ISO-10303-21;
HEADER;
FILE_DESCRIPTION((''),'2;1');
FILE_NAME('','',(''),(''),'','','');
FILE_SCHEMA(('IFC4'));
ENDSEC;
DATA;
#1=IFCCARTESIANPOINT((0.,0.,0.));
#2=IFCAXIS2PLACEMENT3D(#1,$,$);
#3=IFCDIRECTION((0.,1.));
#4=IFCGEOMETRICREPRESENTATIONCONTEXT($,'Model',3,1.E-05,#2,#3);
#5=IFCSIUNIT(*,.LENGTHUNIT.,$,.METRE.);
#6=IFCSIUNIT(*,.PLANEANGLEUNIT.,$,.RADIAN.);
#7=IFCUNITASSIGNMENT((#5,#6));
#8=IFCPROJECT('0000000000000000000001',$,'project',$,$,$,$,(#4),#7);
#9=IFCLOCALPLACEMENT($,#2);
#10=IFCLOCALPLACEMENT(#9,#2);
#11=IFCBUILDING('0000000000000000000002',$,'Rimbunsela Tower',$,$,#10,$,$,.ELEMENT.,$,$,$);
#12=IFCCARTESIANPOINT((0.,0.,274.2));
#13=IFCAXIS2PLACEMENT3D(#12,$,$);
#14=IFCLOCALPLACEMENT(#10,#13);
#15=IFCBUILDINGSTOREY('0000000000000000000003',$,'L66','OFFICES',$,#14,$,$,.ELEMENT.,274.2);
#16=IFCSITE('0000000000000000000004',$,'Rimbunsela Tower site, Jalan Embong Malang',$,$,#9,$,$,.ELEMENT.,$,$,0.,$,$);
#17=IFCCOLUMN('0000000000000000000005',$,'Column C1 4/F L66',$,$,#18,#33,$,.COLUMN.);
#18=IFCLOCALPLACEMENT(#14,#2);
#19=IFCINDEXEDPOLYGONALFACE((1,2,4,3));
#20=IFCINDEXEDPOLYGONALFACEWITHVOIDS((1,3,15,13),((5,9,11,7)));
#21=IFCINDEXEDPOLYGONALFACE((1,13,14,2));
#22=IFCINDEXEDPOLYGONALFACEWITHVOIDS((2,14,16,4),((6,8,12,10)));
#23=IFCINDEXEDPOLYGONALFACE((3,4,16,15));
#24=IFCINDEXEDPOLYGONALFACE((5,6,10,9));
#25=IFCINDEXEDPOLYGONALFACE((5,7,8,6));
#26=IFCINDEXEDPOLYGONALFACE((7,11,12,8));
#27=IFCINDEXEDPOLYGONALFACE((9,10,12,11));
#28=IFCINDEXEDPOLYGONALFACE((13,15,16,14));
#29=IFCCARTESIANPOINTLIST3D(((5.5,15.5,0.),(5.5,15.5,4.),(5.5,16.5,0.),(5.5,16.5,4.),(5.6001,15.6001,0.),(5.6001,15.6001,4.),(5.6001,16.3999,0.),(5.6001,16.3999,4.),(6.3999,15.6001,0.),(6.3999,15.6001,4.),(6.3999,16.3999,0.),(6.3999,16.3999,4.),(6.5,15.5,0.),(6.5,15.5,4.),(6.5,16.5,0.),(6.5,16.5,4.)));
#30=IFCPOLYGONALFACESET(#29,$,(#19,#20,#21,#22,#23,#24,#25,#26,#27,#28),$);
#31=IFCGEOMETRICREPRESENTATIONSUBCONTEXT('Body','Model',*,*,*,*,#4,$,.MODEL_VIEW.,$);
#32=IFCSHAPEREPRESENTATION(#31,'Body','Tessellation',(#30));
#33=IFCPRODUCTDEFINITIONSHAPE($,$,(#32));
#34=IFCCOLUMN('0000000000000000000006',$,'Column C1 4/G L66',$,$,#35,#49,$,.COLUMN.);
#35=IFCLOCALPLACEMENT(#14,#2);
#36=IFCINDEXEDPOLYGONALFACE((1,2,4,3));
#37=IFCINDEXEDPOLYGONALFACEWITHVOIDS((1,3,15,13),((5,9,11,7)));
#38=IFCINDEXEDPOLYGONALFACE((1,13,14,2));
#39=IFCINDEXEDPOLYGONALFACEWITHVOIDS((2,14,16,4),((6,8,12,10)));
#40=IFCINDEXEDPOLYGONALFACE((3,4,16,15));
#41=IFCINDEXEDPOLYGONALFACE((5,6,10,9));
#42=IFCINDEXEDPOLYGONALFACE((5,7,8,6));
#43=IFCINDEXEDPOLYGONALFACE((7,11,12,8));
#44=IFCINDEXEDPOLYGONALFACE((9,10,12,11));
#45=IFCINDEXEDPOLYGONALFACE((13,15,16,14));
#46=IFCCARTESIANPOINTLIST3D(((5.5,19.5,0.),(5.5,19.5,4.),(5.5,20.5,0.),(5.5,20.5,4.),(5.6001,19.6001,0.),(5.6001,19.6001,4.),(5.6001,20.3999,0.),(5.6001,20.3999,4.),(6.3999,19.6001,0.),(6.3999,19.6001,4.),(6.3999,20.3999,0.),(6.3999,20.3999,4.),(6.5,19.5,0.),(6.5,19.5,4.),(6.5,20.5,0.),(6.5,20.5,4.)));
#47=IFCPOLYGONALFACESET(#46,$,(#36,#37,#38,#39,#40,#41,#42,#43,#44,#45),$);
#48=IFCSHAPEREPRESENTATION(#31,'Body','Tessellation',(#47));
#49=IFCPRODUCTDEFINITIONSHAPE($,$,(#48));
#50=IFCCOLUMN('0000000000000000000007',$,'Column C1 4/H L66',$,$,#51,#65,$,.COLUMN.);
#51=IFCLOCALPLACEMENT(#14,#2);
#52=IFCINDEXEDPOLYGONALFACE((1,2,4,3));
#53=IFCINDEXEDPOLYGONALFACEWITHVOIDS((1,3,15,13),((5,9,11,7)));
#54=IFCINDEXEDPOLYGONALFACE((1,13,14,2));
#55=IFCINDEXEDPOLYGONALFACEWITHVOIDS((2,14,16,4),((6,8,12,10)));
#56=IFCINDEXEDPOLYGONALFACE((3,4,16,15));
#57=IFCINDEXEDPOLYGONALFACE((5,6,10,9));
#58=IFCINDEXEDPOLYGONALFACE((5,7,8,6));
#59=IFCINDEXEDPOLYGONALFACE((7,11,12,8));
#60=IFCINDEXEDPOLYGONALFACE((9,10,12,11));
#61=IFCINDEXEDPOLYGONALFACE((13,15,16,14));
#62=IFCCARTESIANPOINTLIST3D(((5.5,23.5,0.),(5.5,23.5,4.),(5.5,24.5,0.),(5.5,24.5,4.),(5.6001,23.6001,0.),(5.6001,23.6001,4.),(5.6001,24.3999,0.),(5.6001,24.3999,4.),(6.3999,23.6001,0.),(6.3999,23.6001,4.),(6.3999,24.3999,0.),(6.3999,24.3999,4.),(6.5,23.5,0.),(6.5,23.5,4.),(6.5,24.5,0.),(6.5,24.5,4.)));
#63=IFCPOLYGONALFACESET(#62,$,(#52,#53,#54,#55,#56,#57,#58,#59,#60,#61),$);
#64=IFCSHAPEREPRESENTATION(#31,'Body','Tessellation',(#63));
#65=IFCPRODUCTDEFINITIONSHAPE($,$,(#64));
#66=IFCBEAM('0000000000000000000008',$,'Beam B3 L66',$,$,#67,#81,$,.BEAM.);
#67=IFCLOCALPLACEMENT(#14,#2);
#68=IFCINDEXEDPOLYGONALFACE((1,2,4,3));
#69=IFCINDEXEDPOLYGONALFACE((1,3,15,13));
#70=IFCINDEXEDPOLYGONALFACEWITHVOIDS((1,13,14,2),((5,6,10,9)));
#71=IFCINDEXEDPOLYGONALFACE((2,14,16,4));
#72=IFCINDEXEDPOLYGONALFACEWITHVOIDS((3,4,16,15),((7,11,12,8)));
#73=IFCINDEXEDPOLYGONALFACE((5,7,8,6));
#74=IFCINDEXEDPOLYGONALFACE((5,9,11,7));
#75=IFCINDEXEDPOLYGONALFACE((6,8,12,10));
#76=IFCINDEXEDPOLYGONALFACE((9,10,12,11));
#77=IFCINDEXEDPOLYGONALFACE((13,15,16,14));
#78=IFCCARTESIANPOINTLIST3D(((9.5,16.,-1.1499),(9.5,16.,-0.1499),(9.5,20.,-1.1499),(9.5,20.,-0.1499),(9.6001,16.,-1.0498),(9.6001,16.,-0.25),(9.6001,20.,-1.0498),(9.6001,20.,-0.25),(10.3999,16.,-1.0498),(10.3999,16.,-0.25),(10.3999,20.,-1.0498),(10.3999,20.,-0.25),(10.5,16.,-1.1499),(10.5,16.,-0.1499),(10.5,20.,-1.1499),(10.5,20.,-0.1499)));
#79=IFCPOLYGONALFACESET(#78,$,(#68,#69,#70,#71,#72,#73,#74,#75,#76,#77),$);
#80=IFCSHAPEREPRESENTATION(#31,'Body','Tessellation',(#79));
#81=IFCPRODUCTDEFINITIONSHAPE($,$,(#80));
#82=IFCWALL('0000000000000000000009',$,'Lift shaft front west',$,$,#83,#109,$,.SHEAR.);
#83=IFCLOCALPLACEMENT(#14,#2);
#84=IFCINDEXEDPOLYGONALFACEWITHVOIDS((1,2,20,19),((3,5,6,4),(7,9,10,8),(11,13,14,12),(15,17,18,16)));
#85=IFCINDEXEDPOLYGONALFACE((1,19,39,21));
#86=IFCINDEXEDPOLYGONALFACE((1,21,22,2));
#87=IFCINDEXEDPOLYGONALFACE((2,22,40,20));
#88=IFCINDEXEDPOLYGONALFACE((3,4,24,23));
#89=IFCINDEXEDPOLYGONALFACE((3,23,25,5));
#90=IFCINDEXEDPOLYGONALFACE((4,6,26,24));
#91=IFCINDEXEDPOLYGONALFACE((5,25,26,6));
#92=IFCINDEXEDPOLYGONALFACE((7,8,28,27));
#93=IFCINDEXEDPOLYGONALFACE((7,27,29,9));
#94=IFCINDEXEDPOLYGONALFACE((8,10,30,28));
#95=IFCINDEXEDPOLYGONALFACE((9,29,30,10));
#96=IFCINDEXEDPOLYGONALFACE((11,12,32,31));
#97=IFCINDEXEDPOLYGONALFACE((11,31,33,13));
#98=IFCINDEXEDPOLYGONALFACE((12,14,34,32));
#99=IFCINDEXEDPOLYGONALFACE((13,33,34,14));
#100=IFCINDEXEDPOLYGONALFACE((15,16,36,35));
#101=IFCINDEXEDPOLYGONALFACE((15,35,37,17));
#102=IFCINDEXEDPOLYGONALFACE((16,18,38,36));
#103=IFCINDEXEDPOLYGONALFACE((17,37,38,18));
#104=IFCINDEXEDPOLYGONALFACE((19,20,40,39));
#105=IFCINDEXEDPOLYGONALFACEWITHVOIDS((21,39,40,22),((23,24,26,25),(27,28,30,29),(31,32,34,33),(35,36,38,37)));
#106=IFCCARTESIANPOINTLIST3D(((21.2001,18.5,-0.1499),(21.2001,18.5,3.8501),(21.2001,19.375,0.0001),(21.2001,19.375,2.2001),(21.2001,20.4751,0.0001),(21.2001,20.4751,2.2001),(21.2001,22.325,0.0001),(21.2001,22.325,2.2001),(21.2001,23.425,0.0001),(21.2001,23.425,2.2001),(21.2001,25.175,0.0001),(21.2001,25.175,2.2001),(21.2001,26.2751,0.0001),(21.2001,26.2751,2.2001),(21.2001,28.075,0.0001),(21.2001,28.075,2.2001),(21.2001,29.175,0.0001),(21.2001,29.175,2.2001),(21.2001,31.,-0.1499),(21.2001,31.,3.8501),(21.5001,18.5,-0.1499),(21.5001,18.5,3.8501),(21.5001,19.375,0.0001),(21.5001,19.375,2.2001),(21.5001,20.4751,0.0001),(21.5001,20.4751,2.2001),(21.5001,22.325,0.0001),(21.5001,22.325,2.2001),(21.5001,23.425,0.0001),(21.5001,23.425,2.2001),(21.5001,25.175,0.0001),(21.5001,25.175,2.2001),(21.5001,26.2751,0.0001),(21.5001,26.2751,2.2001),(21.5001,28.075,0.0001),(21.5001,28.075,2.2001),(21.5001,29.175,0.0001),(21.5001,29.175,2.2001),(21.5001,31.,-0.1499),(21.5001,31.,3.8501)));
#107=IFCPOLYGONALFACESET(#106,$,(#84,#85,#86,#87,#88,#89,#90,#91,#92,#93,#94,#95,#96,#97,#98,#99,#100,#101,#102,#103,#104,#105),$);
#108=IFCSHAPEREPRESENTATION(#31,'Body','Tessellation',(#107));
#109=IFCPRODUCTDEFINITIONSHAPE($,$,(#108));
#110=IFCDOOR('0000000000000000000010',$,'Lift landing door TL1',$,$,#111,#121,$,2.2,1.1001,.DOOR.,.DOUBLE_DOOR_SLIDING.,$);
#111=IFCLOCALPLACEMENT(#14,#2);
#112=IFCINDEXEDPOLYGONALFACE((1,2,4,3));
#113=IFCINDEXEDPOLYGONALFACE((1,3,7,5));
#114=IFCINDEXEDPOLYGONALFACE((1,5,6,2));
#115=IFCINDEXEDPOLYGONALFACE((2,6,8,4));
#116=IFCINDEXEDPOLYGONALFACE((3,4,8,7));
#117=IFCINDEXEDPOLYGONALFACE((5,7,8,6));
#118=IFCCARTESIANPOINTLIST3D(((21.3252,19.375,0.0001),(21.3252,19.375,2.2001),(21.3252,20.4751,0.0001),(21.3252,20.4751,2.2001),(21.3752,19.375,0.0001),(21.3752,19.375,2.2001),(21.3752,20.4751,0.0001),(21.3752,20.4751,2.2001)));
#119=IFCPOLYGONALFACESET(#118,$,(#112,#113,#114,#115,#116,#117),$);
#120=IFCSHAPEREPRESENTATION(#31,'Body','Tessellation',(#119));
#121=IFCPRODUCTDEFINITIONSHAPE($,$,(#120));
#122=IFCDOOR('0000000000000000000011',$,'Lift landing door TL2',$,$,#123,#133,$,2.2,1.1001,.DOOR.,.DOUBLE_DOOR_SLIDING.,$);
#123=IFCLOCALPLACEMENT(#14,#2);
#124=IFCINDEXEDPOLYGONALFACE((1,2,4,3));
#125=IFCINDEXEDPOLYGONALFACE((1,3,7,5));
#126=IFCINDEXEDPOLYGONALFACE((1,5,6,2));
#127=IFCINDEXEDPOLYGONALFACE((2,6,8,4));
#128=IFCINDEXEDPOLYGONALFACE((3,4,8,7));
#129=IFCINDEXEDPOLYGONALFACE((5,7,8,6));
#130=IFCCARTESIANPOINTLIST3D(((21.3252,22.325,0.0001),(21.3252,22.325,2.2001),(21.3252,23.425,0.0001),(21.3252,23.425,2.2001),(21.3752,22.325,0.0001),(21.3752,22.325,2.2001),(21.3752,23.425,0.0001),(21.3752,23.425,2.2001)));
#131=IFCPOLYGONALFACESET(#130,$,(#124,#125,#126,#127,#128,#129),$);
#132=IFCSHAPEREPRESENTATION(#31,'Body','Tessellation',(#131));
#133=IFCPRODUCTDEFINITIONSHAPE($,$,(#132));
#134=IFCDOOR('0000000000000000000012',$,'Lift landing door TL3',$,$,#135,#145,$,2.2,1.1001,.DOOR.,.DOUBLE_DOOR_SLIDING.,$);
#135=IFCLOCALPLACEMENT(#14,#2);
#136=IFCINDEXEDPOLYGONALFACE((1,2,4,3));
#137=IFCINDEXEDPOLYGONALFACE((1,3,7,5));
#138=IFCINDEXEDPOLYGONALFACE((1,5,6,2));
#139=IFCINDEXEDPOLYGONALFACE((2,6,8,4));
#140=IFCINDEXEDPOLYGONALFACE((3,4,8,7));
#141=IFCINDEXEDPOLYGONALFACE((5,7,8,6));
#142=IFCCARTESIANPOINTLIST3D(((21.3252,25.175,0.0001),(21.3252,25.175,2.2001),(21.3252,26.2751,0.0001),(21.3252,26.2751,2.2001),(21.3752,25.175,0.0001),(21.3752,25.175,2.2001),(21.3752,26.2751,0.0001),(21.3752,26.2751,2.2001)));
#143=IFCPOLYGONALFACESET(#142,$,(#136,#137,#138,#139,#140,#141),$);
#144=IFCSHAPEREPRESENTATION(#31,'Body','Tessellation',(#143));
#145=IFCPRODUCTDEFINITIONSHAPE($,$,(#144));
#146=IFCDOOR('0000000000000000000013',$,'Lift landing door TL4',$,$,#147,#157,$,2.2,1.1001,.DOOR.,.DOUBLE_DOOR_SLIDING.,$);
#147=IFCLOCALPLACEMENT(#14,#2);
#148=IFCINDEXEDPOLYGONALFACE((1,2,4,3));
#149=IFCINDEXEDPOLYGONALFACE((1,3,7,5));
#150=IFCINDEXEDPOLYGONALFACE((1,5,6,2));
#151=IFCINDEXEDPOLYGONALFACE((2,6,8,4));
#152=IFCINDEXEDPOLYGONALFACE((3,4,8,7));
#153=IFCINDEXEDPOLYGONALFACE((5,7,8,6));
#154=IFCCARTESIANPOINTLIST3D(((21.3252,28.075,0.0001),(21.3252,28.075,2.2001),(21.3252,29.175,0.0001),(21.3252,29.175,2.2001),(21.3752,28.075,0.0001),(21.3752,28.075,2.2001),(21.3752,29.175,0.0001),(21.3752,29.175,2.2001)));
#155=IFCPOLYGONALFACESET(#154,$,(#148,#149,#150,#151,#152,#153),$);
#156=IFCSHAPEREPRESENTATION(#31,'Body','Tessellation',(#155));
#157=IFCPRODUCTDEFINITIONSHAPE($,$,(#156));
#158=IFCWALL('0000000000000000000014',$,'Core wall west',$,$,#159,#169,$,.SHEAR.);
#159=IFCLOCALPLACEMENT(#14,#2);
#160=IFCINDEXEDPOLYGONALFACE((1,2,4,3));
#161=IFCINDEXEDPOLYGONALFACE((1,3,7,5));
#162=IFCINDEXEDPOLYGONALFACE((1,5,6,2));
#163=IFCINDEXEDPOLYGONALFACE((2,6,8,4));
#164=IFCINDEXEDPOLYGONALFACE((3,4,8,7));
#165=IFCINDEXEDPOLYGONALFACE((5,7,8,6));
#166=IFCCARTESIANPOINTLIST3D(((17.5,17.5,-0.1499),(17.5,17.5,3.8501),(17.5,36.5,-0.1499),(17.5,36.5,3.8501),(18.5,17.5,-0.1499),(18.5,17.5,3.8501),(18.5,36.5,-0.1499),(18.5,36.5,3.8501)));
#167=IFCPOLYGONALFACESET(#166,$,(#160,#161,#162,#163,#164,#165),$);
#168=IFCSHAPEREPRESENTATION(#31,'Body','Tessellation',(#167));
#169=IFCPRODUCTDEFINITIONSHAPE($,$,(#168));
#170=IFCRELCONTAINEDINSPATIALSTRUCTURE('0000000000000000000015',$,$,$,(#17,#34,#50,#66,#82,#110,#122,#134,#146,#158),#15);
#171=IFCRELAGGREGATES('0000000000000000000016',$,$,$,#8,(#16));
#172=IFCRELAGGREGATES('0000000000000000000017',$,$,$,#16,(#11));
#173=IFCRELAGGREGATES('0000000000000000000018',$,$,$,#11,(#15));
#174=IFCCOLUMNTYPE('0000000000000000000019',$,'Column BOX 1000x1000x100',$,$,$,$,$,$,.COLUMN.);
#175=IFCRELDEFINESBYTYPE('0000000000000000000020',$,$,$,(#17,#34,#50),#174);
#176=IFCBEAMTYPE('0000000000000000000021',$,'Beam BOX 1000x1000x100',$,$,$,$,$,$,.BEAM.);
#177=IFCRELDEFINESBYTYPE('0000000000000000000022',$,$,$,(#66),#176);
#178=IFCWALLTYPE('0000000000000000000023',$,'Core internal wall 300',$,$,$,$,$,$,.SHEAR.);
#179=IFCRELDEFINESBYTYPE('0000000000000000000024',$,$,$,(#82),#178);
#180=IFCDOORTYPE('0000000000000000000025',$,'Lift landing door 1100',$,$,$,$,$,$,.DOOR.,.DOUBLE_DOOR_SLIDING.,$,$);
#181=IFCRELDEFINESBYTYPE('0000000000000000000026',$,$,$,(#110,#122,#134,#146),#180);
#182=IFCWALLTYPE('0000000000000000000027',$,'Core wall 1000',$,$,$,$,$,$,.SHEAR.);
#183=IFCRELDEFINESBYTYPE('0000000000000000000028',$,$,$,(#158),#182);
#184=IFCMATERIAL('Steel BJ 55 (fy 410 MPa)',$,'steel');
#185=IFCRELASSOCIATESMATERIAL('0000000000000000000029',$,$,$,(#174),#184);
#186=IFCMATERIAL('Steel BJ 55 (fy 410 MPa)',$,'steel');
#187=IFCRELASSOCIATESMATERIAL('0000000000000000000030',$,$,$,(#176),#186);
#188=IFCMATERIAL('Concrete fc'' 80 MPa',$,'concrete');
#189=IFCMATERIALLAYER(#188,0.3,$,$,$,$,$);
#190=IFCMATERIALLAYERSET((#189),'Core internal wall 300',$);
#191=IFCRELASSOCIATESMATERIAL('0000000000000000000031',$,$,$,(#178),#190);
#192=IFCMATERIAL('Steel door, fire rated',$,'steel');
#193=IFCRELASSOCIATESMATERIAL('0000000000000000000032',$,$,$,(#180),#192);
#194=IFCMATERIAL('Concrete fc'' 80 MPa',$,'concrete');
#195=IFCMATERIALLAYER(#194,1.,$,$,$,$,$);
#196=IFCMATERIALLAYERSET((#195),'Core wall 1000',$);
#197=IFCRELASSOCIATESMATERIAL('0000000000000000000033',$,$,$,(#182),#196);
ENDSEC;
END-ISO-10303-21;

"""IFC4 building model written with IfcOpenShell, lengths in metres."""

from ifc_helpers import new_model, si_unit, direction, frame, frame_2d, origin, origin_2d, place, context, subcontext, project, spatial, rectangle, hollow_rectangle, extrude, material, layer, layer_set, material_profile, profile_set, type_object, element, fill, save


model = new_model("IFC4")

# Units and contexts
model_context = context("Model", 3, precision=1e-05, world=origin(), true_north=direction((0.0, 1.0)))
body_context = subcontext(model_context, "Body", "Model", "MODEL_VIEW")
ifc_project = project(units=[si_unit("LENGTHUNIT", "METRE"), si_unit("PLANEANGLEUNIT", "RADIAN")], contexts=[model_context])

# Site, building, storey
site_placement = place(None, origin())
site = spatial("IfcSite", under=ifc_project, at=site_placement, Name="Rimbunsela Tower site, Jalan Embong Malang", CompositionType="ELEMENT", RefElevation=0.0)
building_placement = place(site_placement, origin())
building = spatial("IfcBuilding", under=site, at=building_placement, Name="Rimbunsela Tower", CompositionType="ELEMENT")
storey_placement = place(building_placement, frame((0.0, 0.0, 274.2)))
storey = spatial("IfcBuildingStorey", under=building, at=storey_placement, Name="L66", Description="OFFICES", CompositionType="ELEMENT", Elevation=274.2)

# Columns
ifc_material_1 = material(Name="Steel BJ 55 (fy 410 MPa)", Category="steel")
ifc_material_profile_1 = material_profile(ifc_material_1, hollow_rectangle(XDim=1.0, YDim=1.0, WallThickness=0.1001, at=origin_2d()), Name="BOX 1000x1000x100")
ifc_profile_set_1 = profile_set([ifc_material_profile_1], Name="Steel BJ 55 (fy 410 MPa)")
column_type = type_object("IfcColumnType", Name="Column BOX 1000x1000x100", PredefinedType="COLUMN", material=ifc_profile_set_1)
for number, where, z_axis, x_axis, name in (
    (1, (6.0, 16.0, 0.0), (0.0, 0.0, 1.0), (1.0, 0.0, 0.0), "Column C1 4/F L66"),
    (2, (6.0, 20.0, 0.0), (0.0, 0.0, 1.0), (1.0, 0.0, 0.0), "Column C1 4/G L66"),
    (3, (6.0, 24.0, 0.0), (0.0, 0.0, 1.0), (1.0, 0.0, 0.0), "Column C1 4/H L66"),
):
    element("IfcColumn", number, at=place(storey_placement, frame(where, z_axis=z_axis, x_axis=x_axis)), inside=storey, type_object=column_type, Name=name, PredefinedType="COLUMN", context=body_context, shape_type="SweptSolid", body=[
        extrude(hollow_rectangle(XDim=1.0, YDim=1.0, WallThickness=0.1001, at=origin_2d()), origin(), (0.0, 0.0, 1.0), 4.0),
    ])

# Beam
ifc_material_2 = material(Name="Steel BJ 55 (fy 410 MPa)", Category="steel")
ifc_material_profile_2 = material_profile(ifc_material_2, hollow_rectangle(XDim=1.0, YDim=1.0, WallThickness=0.1001, at=origin_2d()), Name="BOX 1000x1000x100")
ifc_profile_set_2 = profile_set([ifc_material_profile_2], Name="Steel BJ 55 (fy 410 MPa)")
beam_type = type_object("IfcBeamType", Name="Beam BOX 1000x1000x100", PredefinedType="BEAM", material=ifc_profile_set_2)
beam_placement = place(storey_placement, frame((10.0, 16.0, -0.6499), z_axis=(0.0, 1.0, 0.0), x_axis=(-1.0, 0.0, 0.0)))
element("IfcBeam", 4, at=beam_placement, inside=storey, type_object=beam_type, Name="Beam B3 L66", PredefinedType="BEAM", context=body_context, shape_type="SweptSolid", body=[
    extrude(hollow_rectangle(XDim=1.0, YDim=1.0, WallThickness=0.1001, at=origin_2d()), origin(), (0.0, 0.0, 1.0), 4.0),
])

# Wall, openings, doors
ifc_material_3 = material(Name="Concrete fc' 80 MPa", Category="concrete")
ifc_layer_1 = layer(ifc_material_3, 0.3)
ifc_layer_set_1 = layer_set([ifc_layer_1], Name="Core internal wall 300")
wall_type_1 = type_object("IfcWallType", Name="Core internal wall 300", PredefinedType="SHEAR", material=ifc_layer_set_1)
wall_1_placement = place(storey_placement, frame((21.3501, 18.5, -0.1499), z_axis=(0.0, 0.0, 1.0), x_axis=(0.0, 1.0, 0.0)))
wall_1 = element("IfcWall", 5, at=wall_1_placement, inside=storey, type_object=wall_type_1, Name="Lift shaft front west", PredefinedType="SHEAR", context=body_context, shape_type="SweptSolid", body=[
    extrude(rectangle(XDim=12.5, YDim=0.3, at=frame_2d((6.25, 0.0))), origin(), (0.0, 0.0, 1.0), 4.0),
])
opening_1_placement = place(wall_1_placement, frame((0.875, 0.0, 0.1499)))
opening_1 = element("IfcOpeningElement", 6, at=opening_1_placement, cuts=wall_1, PredefinedType="OPENING", context=body_context, shape_type="SweptSolid", body=[
    extrude(rectangle(XDim=1.1001, YDim=2.2, at=frame_2d((0.55, 1.1001))), frame((0.0, 0.1599, 0.0), z_axis=(0.0, -1.0, 0.0), x_axis=(1.0, 0.0, 0.0)), (0.0, 0.0, 1.0), 0.3201),
])
opening_2_placement = place(wall_1_placement, frame((3.825, 0.0, 0.1499)))
opening_2 = element("IfcOpeningElement", 7, at=opening_2_placement, cuts=wall_1, PredefinedType="OPENING", context=body_context, shape_type="SweptSolid", body=[
    extrude(rectangle(XDim=1.1001, YDim=2.2, at=frame_2d((0.55, 1.1001))), frame((0.0, 0.1599, 0.0), z_axis=(0.0, -1.0, 0.0), x_axis=(1.0, 0.0, 0.0)), (0.0, 0.0, 1.0), 0.3201),
])
opening_3_placement = place(wall_1_placement, frame((6.675, 0.0, 0.1499)))
opening_3 = element("IfcOpeningElement", 8, at=opening_3_placement, cuts=wall_1, PredefinedType="OPENING", context=body_context, shape_type="SweptSolid", body=[
    extrude(rectangle(XDim=1.1001, YDim=2.2, at=frame_2d((0.55, 1.1001))), frame((0.0, 0.1599, 0.0), z_axis=(0.0, -1.0, 0.0), x_axis=(1.0, 0.0, 0.0)), (0.0, 0.0, 1.0), 0.3201),
])
opening_4_placement = place(wall_1_placement, frame((9.575, 0.0, 0.1499)))
opening_4 = element("IfcOpeningElement", 9, at=opening_4_placement, cuts=wall_1, PredefinedType="OPENING", context=body_context, shape_type="SweptSolid", body=[
    extrude(rectangle(XDim=1.1001, YDim=2.2, at=frame_2d((0.55, 1.1001))), frame((0.0, 0.1599, 0.0), z_axis=(0.0, -1.0, 0.0), x_axis=(1.0, 0.0, 0.0)), (0.0, 0.0, 1.0), 0.3201),
])
ifc_material_4 = material(Name="Steel door, fire rated", Category="steel")
door_type_1 = type_object("IfcDoorType", Name="Lift landing door 1100", OperationType="DOUBLE_DOOR_SLIDING", PredefinedType="DOOR", material=ifc_material_4)
door_1_placement = place(opening_1_placement, origin())
door_1 = element("IfcDoor", 10, at=door_1_placement, inside=storey, type_object=door_type_1, Name="Lift landing door TL1", OperationType="DOUBLE_DOOR_SLIDING", OverallHeight=2.2, OverallWidth=1.1001, PredefinedType="DOOR", context=body_context, shape_type="SweptSolid", body=[
    extrude(rectangle(XDim=1.1001, YDim=2.2, at=frame_2d((0.55, 1.1001))), frame((0.0, 0.0249, 0.0), z_axis=(0.0, -1.0, 0.0), x_axis=(1.0, 0.0, 0.0)), (0.0, 0.0, 1.0), 0.05),
])
fill(opening_1, door_1)
door_2_placement = place(opening_2_placement, origin())
door_2 = element("IfcDoor", 11, at=door_2_placement, inside=storey, type_object=door_type_1, Name="Lift landing door TL2", OperationType="DOUBLE_DOOR_SLIDING", OverallHeight=2.2, OverallWidth=1.1001, PredefinedType="DOOR", context=body_context, shape_type="SweptSolid", body=[
    extrude(rectangle(XDim=1.1001, YDim=2.2, at=frame_2d((0.55, 1.1001))), frame((0.0, 0.0249, 0.0), z_axis=(0.0, -1.0, 0.0), x_axis=(1.0, 0.0, 0.0)), (0.0, 0.0, 1.0), 0.05),
])
fill(opening_2, door_2)
door_3_placement = place(opening_3_placement, origin())
door_3 = element("IfcDoor", 12, at=door_3_placement, inside=storey, type_object=door_type_1, Name="Lift landing door TL3", OperationType="DOUBLE_DOOR_SLIDING", OverallHeight=2.2, OverallWidth=1.1001, PredefinedType="DOOR", context=body_context, shape_type="SweptSolid", body=[
    extrude(rectangle(XDim=1.1001, YDim=2.2, at=frame_2d((0.55, 1.1001))), frame((0.0, 0.0249, 0.0), z_axis=(0.0, -1.0, 0.0), x_axis=(1.0, 0.0, 0.0)), (0.0, 0.0, 1.0), 0.05),
])
fill(opening_3, door_3)
door_4_placement = place(opening_4_placement, origin())
door_4 = element("IfcDoor", 13, at=door_4_placement, inside=storey, type_object=door_type_1, Name="Lift landing door TL4", OperationType="DOUBLE_DOOR_SLIDING", OverallHeight=2.2, OverallWidth=1.1001, PredefinedType="DOOR", context=body_context, shape_type="SweptSolid", body=[
    extrude(rectangle(XDim=1.1001, YDim=2.2, at=frame_2d((0.55, 1.1001))), frame((0.0, 0.0249, 0.0), z_axis=(0.0, -1.0, 0.0), x_axis=(1.0, 0.0, 0.0)), (0.0, 0.0, 1.0), 0.05),
])
fill(opening_4, door_4)

# Wall
ifc_material_5 = material(Name="Concrete fc' 80 MPa", Category="concrete")
ifc_layer_2 = layer(ifc_material_5, 1.0)
ifc_layer_set_2 = layer_set([ifc_layer_2], Name="Core wall 1000")
wall_type_2 = type_object("IfcWallType", Name="Core wall 1000", PredefinedType="SHEAR", material=ifc_layer_set_2)
wall_2_placement = place(storey_placement, frame((18.0, 17.5, -0.1499), z_axis=(0.0, 0.0, 1.0), x_axis=(0.0, 1.0, 0.0)))
element("IfcWall", 14, at=wall_2_placement, inside=storey, type_object=wall_type_2, Name="Core wall west", PredefinedType="SHEAR", context=body_context, shape_type="SweptSolid", body=[
    extrude(rectangle(XDim=19.0, YDim=1.0, at=frame_2d((9.5, 0.0))), origin(), (0.0, 0.0, 1.0), 4.0),
])

save(model, "model.ifc")
